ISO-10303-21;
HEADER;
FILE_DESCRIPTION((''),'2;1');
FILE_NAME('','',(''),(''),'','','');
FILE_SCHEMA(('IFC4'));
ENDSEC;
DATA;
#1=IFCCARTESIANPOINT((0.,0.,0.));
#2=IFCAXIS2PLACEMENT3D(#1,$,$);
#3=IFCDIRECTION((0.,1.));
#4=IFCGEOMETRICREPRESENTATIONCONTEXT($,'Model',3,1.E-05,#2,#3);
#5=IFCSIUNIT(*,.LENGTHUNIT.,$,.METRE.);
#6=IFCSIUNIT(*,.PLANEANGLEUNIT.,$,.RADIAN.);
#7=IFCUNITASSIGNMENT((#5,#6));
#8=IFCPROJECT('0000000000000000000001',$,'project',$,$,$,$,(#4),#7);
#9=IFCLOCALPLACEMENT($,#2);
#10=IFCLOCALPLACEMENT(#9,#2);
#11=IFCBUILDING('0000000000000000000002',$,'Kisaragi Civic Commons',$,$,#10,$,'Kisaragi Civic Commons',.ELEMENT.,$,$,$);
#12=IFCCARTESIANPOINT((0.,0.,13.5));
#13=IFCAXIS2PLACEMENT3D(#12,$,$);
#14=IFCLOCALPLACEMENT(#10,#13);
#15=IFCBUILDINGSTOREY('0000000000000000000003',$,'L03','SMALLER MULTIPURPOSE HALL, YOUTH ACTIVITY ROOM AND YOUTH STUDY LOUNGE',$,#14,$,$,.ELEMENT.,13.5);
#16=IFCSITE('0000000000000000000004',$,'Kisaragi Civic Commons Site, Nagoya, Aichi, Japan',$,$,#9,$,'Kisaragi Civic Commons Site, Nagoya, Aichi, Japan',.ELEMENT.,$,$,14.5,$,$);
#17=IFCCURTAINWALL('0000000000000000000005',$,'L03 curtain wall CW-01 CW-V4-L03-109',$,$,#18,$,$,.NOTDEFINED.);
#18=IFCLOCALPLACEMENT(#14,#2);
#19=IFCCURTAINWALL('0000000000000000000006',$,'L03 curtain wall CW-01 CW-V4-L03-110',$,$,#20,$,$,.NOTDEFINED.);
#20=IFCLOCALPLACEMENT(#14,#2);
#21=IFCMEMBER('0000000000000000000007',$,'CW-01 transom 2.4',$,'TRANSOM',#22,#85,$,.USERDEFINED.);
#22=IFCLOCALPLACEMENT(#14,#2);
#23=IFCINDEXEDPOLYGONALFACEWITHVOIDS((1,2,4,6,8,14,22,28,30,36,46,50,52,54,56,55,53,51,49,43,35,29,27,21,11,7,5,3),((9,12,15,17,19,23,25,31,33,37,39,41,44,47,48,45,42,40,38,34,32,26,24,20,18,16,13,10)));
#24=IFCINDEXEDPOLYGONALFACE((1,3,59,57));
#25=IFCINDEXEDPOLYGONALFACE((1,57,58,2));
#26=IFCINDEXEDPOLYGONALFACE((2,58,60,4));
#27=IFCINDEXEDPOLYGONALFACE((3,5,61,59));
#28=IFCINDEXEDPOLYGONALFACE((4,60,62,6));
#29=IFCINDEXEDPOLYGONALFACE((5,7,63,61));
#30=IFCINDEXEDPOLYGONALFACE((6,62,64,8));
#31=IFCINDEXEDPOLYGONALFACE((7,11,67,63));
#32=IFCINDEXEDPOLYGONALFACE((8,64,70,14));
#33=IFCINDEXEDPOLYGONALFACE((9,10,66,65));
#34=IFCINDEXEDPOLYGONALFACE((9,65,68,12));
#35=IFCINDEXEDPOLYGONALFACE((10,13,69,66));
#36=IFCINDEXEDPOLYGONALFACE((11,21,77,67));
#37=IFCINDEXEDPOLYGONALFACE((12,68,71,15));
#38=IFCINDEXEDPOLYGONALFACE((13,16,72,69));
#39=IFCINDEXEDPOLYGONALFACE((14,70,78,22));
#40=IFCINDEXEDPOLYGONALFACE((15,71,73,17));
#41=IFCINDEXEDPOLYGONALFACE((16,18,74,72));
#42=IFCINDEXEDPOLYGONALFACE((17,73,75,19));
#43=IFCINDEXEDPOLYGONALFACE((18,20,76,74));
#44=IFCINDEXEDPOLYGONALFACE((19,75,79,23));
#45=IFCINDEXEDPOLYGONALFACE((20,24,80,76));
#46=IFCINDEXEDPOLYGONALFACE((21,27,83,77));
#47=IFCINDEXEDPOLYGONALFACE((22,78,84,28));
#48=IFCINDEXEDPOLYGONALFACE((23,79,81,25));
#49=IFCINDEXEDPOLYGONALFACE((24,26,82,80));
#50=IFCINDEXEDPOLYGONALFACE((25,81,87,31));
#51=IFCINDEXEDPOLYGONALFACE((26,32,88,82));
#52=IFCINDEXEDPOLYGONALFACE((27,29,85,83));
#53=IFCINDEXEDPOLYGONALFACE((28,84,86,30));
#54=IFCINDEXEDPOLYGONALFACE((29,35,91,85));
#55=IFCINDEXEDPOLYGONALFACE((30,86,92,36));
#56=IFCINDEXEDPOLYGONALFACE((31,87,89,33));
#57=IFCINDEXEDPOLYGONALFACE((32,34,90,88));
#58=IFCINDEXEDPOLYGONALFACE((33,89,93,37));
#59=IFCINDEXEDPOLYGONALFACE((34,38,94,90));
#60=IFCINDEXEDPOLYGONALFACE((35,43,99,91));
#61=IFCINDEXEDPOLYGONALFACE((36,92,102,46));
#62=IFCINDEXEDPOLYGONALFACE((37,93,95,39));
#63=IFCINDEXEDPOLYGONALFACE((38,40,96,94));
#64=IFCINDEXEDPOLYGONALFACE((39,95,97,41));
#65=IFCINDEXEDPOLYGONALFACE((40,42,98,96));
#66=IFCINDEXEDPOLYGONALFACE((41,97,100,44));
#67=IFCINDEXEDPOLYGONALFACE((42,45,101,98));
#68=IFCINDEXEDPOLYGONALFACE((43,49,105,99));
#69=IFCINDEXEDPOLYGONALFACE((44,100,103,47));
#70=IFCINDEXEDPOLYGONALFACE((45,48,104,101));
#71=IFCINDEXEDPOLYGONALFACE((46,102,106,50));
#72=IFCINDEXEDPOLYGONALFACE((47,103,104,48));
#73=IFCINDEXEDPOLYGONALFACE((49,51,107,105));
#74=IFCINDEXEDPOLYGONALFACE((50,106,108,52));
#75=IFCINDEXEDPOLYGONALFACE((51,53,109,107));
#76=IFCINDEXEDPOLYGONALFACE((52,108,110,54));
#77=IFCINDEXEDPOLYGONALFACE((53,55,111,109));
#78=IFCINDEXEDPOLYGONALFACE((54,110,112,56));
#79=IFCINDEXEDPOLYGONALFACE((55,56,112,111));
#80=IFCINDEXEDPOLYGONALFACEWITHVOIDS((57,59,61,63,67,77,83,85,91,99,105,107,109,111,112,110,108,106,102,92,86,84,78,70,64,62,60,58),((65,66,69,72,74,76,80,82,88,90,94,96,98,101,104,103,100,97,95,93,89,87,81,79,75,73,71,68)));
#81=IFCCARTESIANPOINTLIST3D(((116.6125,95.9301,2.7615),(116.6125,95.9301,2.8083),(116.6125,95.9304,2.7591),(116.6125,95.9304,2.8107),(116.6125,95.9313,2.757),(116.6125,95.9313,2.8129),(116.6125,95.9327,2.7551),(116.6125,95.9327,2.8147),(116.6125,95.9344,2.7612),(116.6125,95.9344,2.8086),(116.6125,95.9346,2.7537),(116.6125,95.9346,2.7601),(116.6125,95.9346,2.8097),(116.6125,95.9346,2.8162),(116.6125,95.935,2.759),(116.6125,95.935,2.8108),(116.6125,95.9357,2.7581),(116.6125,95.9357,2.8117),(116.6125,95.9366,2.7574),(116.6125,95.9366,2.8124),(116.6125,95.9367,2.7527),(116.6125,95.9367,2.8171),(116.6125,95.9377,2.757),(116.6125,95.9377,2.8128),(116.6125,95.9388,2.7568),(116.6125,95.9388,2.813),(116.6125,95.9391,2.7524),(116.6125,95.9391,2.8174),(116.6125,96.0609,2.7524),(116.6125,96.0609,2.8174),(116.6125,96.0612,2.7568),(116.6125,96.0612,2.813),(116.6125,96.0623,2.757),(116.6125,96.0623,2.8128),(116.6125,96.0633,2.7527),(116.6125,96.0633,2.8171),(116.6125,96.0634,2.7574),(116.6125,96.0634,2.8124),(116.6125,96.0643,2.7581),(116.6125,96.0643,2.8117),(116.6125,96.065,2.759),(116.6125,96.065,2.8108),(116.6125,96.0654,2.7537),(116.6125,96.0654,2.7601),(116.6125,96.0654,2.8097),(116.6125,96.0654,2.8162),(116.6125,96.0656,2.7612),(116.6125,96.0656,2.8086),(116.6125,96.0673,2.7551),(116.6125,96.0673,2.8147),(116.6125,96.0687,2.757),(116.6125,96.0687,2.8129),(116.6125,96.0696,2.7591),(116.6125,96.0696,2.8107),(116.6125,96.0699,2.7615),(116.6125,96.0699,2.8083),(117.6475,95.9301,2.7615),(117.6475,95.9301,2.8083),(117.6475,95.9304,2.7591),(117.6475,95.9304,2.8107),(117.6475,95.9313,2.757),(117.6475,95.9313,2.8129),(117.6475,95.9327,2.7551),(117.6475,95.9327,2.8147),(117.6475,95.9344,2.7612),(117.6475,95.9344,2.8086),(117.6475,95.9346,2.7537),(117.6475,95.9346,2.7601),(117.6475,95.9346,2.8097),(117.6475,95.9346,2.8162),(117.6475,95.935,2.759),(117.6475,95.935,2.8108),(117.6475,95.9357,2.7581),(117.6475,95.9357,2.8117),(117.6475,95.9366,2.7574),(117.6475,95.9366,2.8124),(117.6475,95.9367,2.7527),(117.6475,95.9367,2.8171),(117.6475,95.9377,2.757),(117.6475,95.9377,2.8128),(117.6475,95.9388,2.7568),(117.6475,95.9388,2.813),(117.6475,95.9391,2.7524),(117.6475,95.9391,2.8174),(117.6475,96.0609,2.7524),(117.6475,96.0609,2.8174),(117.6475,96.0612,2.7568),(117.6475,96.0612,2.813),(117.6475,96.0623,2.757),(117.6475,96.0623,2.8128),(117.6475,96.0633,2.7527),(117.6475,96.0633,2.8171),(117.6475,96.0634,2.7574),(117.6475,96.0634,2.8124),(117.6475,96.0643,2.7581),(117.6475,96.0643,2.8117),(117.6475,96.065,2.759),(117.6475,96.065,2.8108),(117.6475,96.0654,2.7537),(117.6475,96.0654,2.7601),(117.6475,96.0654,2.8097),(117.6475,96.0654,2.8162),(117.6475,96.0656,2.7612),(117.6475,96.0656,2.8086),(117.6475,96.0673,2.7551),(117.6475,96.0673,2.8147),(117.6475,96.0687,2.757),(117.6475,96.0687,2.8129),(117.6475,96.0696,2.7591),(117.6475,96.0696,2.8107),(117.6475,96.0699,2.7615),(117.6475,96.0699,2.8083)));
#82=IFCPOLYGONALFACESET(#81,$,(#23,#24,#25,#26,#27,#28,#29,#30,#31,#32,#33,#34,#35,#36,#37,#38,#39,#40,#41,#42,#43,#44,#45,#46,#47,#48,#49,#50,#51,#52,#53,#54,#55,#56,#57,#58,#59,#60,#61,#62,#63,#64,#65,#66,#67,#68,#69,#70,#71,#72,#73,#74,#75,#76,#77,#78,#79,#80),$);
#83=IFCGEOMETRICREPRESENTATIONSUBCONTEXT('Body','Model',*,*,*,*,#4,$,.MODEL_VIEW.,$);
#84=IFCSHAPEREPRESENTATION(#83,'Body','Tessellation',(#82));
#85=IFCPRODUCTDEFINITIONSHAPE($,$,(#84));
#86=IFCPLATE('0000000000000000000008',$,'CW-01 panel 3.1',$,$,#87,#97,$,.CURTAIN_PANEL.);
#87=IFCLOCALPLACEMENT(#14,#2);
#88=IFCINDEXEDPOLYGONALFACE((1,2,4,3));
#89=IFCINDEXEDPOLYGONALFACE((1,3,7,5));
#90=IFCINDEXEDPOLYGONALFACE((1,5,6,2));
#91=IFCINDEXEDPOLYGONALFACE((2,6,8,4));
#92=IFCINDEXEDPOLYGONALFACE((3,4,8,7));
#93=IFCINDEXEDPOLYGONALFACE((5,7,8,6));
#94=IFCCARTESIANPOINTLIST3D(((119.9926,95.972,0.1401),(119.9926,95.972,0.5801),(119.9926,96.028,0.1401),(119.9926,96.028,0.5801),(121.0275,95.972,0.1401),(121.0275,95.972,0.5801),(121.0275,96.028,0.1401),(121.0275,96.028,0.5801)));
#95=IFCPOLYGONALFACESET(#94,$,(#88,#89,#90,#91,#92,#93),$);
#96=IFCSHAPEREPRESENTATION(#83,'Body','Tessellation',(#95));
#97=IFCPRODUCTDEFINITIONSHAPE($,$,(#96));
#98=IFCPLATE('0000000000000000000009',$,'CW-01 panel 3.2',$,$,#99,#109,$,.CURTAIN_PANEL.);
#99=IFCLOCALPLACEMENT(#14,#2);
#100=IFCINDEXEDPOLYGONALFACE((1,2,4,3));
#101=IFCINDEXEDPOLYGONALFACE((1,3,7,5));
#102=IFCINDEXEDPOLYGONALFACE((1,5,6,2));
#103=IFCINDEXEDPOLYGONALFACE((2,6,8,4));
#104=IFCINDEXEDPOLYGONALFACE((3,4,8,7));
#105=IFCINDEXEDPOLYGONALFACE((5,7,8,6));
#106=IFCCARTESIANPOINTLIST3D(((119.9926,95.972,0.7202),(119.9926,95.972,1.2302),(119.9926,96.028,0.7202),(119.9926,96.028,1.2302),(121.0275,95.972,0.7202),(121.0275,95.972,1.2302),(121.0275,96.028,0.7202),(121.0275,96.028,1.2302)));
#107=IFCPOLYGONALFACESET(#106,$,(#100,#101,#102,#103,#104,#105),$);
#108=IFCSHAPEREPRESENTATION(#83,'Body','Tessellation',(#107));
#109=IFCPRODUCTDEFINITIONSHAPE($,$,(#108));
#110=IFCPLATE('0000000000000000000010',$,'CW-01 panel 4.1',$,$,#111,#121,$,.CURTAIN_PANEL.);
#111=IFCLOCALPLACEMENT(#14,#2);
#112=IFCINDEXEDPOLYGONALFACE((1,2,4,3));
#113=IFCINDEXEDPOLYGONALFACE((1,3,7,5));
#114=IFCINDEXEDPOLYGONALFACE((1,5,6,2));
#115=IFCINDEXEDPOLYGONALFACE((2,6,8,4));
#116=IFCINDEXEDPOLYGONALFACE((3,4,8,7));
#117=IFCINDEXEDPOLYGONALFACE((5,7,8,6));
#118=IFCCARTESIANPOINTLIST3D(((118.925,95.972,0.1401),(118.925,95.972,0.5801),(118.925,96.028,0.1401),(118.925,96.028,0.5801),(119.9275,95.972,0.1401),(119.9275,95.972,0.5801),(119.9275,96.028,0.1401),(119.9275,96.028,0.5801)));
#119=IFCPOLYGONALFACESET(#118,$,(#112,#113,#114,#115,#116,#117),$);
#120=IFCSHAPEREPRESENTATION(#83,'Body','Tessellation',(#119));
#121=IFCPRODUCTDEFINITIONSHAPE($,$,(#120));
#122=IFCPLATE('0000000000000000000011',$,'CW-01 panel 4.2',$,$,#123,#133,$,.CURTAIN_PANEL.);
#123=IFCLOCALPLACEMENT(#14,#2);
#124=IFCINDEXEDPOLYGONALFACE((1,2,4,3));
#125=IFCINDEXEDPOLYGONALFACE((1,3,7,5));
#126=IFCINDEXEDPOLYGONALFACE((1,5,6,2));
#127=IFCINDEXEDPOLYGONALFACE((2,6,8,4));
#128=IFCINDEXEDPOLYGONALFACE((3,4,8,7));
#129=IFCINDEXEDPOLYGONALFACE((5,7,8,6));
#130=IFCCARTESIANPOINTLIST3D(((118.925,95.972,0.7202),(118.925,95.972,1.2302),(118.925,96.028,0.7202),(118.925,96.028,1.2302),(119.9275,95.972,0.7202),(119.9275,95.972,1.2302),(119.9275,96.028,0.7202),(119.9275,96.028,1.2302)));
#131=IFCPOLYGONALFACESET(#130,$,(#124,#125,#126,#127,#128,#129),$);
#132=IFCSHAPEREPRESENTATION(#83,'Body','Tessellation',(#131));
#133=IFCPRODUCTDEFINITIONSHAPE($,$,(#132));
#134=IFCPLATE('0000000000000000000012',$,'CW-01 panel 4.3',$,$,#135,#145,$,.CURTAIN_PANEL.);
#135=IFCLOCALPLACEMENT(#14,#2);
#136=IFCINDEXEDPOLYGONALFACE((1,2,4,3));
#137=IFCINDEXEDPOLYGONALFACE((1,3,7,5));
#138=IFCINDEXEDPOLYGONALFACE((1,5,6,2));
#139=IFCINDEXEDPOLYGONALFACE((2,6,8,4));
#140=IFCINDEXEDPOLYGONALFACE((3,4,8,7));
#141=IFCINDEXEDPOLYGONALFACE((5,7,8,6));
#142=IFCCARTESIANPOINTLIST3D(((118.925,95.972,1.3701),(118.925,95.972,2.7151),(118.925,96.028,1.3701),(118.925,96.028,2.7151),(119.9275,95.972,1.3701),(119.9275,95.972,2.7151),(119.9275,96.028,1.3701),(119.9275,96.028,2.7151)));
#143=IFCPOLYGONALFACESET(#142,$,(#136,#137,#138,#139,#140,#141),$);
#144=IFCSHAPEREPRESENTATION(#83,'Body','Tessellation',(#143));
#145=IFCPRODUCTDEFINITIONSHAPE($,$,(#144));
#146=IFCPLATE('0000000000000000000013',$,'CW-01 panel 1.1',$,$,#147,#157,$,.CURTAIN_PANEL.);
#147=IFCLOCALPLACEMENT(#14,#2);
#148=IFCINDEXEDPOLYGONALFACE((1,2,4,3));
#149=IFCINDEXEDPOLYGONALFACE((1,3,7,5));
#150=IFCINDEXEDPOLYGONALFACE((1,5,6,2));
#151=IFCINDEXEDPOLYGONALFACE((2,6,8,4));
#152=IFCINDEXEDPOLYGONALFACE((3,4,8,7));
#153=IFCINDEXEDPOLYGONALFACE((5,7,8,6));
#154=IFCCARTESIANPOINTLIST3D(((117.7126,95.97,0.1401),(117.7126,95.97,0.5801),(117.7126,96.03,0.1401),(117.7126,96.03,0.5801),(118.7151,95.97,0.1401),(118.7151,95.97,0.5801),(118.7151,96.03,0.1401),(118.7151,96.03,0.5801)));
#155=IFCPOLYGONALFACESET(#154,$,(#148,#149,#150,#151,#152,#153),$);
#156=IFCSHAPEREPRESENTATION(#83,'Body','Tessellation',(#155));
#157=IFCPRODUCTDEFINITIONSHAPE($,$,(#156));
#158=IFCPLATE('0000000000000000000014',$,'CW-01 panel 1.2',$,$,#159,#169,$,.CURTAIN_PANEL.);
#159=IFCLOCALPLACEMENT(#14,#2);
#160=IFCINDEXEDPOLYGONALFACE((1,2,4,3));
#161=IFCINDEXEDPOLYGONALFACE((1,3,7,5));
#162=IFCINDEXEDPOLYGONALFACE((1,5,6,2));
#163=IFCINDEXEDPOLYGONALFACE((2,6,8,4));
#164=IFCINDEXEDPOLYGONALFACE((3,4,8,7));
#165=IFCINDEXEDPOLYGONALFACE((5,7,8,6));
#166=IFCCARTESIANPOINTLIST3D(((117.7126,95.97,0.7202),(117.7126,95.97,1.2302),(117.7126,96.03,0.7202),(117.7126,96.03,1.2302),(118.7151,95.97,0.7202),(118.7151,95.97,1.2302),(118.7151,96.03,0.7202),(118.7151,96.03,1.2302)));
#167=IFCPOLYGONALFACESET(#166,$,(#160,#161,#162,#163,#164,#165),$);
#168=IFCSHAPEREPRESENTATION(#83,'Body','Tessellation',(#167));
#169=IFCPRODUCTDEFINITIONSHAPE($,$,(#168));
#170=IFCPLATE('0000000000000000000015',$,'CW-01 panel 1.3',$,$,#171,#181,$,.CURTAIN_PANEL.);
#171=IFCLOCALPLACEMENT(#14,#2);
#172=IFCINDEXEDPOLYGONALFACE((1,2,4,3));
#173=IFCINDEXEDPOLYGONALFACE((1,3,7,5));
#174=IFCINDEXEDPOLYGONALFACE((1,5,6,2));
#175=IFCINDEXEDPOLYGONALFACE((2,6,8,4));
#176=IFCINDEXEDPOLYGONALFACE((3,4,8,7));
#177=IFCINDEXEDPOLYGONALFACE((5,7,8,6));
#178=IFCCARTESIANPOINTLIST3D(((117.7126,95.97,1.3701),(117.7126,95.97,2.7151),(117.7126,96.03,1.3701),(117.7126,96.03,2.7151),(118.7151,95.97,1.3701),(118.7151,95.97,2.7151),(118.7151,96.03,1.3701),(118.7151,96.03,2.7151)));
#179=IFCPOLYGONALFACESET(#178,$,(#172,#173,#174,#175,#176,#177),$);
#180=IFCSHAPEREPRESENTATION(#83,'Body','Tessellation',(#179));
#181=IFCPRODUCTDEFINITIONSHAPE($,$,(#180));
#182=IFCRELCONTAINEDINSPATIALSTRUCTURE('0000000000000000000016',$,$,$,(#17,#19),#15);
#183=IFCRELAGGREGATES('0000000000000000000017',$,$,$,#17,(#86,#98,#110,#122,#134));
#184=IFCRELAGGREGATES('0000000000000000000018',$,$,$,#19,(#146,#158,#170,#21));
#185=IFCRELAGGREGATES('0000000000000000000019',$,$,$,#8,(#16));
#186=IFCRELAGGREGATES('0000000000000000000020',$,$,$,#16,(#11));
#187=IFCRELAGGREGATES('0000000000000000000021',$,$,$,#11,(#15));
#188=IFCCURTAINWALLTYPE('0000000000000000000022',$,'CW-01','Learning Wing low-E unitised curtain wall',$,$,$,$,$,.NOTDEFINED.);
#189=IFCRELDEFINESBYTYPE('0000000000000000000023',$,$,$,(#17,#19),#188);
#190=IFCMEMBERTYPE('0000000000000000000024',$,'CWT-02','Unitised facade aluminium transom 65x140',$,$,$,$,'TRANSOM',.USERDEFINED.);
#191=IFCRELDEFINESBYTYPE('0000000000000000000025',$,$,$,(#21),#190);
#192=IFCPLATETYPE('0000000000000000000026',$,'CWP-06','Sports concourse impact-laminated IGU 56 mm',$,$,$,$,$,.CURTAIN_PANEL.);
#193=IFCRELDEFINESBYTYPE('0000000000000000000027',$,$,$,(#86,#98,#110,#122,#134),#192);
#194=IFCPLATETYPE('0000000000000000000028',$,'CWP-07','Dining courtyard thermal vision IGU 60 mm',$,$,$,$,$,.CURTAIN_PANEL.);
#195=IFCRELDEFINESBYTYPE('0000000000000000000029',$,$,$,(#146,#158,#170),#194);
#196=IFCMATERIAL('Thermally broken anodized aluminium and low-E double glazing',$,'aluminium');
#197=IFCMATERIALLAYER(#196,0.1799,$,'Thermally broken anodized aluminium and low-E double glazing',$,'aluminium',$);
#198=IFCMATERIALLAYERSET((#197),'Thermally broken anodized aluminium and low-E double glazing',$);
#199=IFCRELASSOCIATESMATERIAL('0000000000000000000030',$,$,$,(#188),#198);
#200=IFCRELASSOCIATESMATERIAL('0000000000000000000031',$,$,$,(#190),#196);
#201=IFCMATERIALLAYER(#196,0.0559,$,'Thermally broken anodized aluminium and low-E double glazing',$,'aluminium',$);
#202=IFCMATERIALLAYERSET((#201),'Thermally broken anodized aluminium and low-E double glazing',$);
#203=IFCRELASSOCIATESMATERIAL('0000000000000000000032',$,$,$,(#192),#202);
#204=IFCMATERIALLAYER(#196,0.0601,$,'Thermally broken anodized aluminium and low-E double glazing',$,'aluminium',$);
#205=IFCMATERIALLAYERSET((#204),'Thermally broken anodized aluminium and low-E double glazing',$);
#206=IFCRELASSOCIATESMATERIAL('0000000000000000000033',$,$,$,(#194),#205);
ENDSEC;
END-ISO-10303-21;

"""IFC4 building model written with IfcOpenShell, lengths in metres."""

from ifc_helpers import new_model, si_unit, direction, frame, origin, origin_2d, place, context, subcontext, project, spatial, rectangle, hollow_rectangle, extrude, material, layer, layer_set, material_profile, profile_set, type_object, element, aggregate, save


model = new_model("IFC4")

# Units and contexts
model_context = context("Model", 3, precision=1e-05, world=origin(), true_north=direction((0.0, 1.0)))
body_context = subcontext(model_context, "Body", "Model", "MODEL_VIEW")
ifc_project = project(units=[si_unit("LENGTHUNIT", "METRE"), si_unit("PLANEANGLEUNIT", "RADIAN")], contexts=[model_context])

# Site, building, storey
site_placement = place(None, origin())
site = spatial("IfcSite", under=ifc_project, at=site_placement, Name="Kisaragi Civic Commons Site, Nagoya, Aichi, Japan", LongName="Kisaragi Civic Commons Site, Nagoya, Aichi, Japan", CompositionType="ELEMENT", RefElevation=14.5)
building_placement = place(site_placement, origin())
building = spatial("IfcBuilding", under=site, at=building_placement, Name="Kisaragi Civic Commons", LongName="Kisaragi Civic Commons", CompositionType="ELEMENT")
storey_placement = place(building_placement, frame((0.0, 0.0, 13.5)))
storey = spatial("IfcBuildingStorey", under=building, at=storey_placement, Name="L03", Description="SMALLER MULTIPURPOSE HALL, YOUTH ACTIVITY ROOM AND YOUTH STUDY LOUNGE", CompositionType="ELEMENT", Elevation=13.5)

# Curtain walls
ifc_material = material(Name="Thermally broken anodized aluminium and low-E double glazing", Category="aluminium")
ifc_layer_1 = layer(ifc_material, 0.1799, Name="Thermally broken anodized aluminium and low-E double glazing", Category="aluminium")
ifc_layer_set_1 = layer_set([ifc_layer_1], Name="Thermally broken anodized aluminium and low-E double glazing")
curtain_wall_type = type_object("IfcCurtainWallType", Name="CW-01", Description="Learning Wing low-E unitised curtain wall", PredefinedType="NOTDEFINED", material=ifc_layer_set_1)
curtain_wall_1_placement = place(storey_placement, origin())
curtain_wall_1 = element("IfcCurtainWall", 1, at=curtain_wall_1_placement, inside=storey, type_object=curtain_wall_type, Name="L03 curtain wall CW-01 CW-V4-L03-109", PredefinedType="NOTDEFINED")
curtain_wall_2_placement = place(storey_placement, origin())
curtain_wall_2 = element("IfcCurtainWall", 2, at=curtain_wall_2_placement, inside=storey, type_object=curtain_wall_type, Name="L03 curtain wall CW-01 CW-V4-L03-110", PredefinedType="NOTDEFINED")

# Member
ifc_material_profile_1 = material_profile(ifc_material, hollow_rectangle(XDim=0.1399, YDim=0.0649, WallThickness=0.0044, InnerFilletRadius=0.0044, OuterFilletRadius=0.009, at=origin_2d()), Name="CWT-65x140x4.5", Category="aluminium")
ifc_profile_set_1 = profile_set([ifc_material_profile_1], Name="Thermally broken anodized aluminium and low-E double glazing")
member_type_1 = type_object("IfcMemberType", Name="CWT-02", Description="Unitised facade aluminium transom 65x140", ElementType="TRANSOM", PredefinedType="USERDEFINED", material=ifc_profile_set_1)
member_1_placement = place(storey_placement, frame((117.6475, 96.0, 2.7849), z_axis=(-1.0, 0.0, 0.0), x_axis=(0.0, -1.0, 0.0)))
member_1 = element("IfcMember", 3, at=member_1_placement, type_object=member_type_1, Name="CW-01 transom 2.4", ObjectType="TRANSOM", PredefinedType="USERDEFINED", context=body_context, shape_type="SweptSolid", body=[
    extrude(hollow_rectangle(XDim=0.1399, YDim=0.0649, WallThickness=0.0044, InnerFilletRadius=0.0044, OuterFilletRadius=0.009, at=origin_2d()), origin(), (0.0, 0.0, 1.0), 1.0349),
])

# Plates
ifc_layer_2 = layer(ifc_material, 0.0559, Name="Thermally broken anodized aluminium and low-E double glazing", Category="aluminium")
ifc_layer_set_2 = layer_set([ifc_layer_2], Name="Thermally broken anodized aluminium and low-E double glazing")
plate_type_1 = type_object("IfcPlateType", Name="CWP-06", Description="Sports concourse impact-laminated IGU 56 mm", PredefinedType="CURTAIN_PANEL", material=ifc_layer_set_2)
plate_1_placement = place(storey_placement, frame((120.51, 96.0, 0.1401), z_axis=(0.0, 0.0, 1.0), x_axis=(-1.0, 0.0, 0.0)))
plate_1 = element("IfcPlate", 4, at=plate_1_placement, type_object=plate_type_1, Name="CW-01 panel 3.1", PredefinedType="CURTAIN_PANEL", context=body_context, shape_type="SweptSolid", body=[
    extrude(rectangle(XDim=1.0349, YDim=0.0559, at=origin_2d()), origin(), (0.0, 0.0, 1.0), 0.4399),
])
plate_2_placement = place(storey_placement, frame((120.51, 96.0, 0.7202), z_axis=(0.0, 0.0, 1.0), x_axis=(-1.0, 0.0, 0.0)))
plate_2 = element("IfcPlate", 5, at=plate_2_placement, type_object=plate_type_1, Name="CW-01 panel 3.2", PredefinedType="CURTAIN_PANEL", context=body_context, shape_type="SweptSolid", body=[
    extrude(rectangle(XDim=1.0349, YDim=0.0559, at=origin_2d()), origin(), (0.0, 0.0, 1.0), 0.51),
])
plate_3_placement = place(storey_placement, frame((119.4263, 96.0, 0.1401), z_axis=(0.0, 0.0, 1.0), x_axis=(-1.0, 0.0, 0.0)))
plate_3 = element("IfcPlate", 6, at=plate_3_placement, type_object=plate_type_1, Name="CW-01 panel 4.1", PredefinedType="CURTAIN_PANEL", context=body_context, shape_type="SweptSolid", body=[
    extrude(rectangle(XDim=1.0024, YDim=0.0559, at=origin_2d()), origin(), (0.0, 0.0, 1.0), 0.4399),
])
plate_4_placement = place(storey_placement, frame((119.4263, 96.0, 0.7202), z_axis=(0.0, 0.0, 1.0), x_axis=(-1.0, 0.0, 0.0)))
plate_4 = element("IfcPlate", 7, at=plate_4_placement, type_object=plate_type_1, Name="CW-01 panel 4.2", PredefinedType="CURTAIN_PANEL", context=body_context, shape_type="SweptSolid", body=[
    extrude(rectangle(XDim=1.0024, YDim=0.0559, at=origin_2d()), origin(), (0.0, 0.0, 1.0), 0.51),
])
plate_5_placement = place(storey_placement, frame((119.4263, 96.0, 1.3701), z_axis=(0.0, 0.0, 1.0), x_axis=(-1.0, 0.0, 0.0)))
plate_5 = element("IfcPlate", 8, at=plate_5_placement, type_object=plate_type_1, Name="CW-01 panel 4.3", PredefinedType="CURTAIN_PANEL", context=body_context, shape_type="SweptSolid", body=[
    extrude(rectangle(XDim=1.0024, YDim=0.0559, at=origin_2d()), origin(), (0.0, 0.0, 1.0), 1.345),
])
aggregate(curtain_wall_1, [plate_1, plate_2, plate_3, plate_4, plate_5])
ifc_layer_3 = layer(ifc_material, 0.0601, Name="Thermally broken anodized aluminium and low-E double glazing", Category="aluminium")
ifc_layer_set_3 = layer_set([ifc_layer_3], Name="Thermally broken anodized aluminium and low-E double glazing")
plate_type_2 = type_object("IfcPlateType", Name="CWP-07", Description="Dining courtyard thermal vision IGU 60 mm", PredefinedType="CURTAIN_PANEL", material=ifc_layer_set_3)
plate_6_placement = place(storey_placement, frame((118.2139, 96.0, 0.1401), z_axis=(0.0, 0.0, 1.0), x_axis=(-1.0, 0.0, 0.0)))
plate_6 = element("IfcPlate", 9, at=plate_6_placement, type_object=plate_type_2, Name="CW-01 panel 1.1", PredefinedType="CURTAIN_PANEL", context=body_context, shape_type="SweptSolid", body=[
    extrude(rectangle(XDim=1.0024, YDim=0.0601, at=origin_2d()), origin(), (0.0, 0.0, 1.0), 0.4399),
])
plate_7_placement = place(storey_placement, frame((118.2139, 96.0, 0.7202), z_axis=(0.0, 0.0, 1.0), x_axis=(-1.0, 0.0, 0.0)))
plate_7 = element("IfcPlate", 10, at=plate_7_placement, type_object=plate_type_2, Name="CW-01 panel 1.2", PredefinedType="CURTAIN_PANEL", context=body_context, shape_type="SweptSolid", body=[
    extrude(rectangle(XDim=1.0024, YDim=0.0601, at=origin_2d()), origin(), (0.0, 0.0, 1.0), 0.51),
])
plate_8_placement = place(storey_placement, frame((118.2139, 96.0, 1.3701), z_axis=(0.0, 0.0, 1.0), x_axis=(-1.0, 0.0, 0.0)))
plate_8 = element("IfcPlate", 11, at=plate_8_placement, type_object=plate_type_2, Name="CW-01 panel 1.3", PredefinedType="CURTAIN_PANEL", context=body_context, shape_type="SweptSolid", body=[
    extrude(rectangle(XDim=1.0024, YDim=0.0601, at=origin_2d()), origin(), (0.0, 0.0, 1.0), 1.345),
])
aggregate(curtain_wall_2, [plate_6, plate_7, plate_8, member_1])

save(model, "model.ifc")
